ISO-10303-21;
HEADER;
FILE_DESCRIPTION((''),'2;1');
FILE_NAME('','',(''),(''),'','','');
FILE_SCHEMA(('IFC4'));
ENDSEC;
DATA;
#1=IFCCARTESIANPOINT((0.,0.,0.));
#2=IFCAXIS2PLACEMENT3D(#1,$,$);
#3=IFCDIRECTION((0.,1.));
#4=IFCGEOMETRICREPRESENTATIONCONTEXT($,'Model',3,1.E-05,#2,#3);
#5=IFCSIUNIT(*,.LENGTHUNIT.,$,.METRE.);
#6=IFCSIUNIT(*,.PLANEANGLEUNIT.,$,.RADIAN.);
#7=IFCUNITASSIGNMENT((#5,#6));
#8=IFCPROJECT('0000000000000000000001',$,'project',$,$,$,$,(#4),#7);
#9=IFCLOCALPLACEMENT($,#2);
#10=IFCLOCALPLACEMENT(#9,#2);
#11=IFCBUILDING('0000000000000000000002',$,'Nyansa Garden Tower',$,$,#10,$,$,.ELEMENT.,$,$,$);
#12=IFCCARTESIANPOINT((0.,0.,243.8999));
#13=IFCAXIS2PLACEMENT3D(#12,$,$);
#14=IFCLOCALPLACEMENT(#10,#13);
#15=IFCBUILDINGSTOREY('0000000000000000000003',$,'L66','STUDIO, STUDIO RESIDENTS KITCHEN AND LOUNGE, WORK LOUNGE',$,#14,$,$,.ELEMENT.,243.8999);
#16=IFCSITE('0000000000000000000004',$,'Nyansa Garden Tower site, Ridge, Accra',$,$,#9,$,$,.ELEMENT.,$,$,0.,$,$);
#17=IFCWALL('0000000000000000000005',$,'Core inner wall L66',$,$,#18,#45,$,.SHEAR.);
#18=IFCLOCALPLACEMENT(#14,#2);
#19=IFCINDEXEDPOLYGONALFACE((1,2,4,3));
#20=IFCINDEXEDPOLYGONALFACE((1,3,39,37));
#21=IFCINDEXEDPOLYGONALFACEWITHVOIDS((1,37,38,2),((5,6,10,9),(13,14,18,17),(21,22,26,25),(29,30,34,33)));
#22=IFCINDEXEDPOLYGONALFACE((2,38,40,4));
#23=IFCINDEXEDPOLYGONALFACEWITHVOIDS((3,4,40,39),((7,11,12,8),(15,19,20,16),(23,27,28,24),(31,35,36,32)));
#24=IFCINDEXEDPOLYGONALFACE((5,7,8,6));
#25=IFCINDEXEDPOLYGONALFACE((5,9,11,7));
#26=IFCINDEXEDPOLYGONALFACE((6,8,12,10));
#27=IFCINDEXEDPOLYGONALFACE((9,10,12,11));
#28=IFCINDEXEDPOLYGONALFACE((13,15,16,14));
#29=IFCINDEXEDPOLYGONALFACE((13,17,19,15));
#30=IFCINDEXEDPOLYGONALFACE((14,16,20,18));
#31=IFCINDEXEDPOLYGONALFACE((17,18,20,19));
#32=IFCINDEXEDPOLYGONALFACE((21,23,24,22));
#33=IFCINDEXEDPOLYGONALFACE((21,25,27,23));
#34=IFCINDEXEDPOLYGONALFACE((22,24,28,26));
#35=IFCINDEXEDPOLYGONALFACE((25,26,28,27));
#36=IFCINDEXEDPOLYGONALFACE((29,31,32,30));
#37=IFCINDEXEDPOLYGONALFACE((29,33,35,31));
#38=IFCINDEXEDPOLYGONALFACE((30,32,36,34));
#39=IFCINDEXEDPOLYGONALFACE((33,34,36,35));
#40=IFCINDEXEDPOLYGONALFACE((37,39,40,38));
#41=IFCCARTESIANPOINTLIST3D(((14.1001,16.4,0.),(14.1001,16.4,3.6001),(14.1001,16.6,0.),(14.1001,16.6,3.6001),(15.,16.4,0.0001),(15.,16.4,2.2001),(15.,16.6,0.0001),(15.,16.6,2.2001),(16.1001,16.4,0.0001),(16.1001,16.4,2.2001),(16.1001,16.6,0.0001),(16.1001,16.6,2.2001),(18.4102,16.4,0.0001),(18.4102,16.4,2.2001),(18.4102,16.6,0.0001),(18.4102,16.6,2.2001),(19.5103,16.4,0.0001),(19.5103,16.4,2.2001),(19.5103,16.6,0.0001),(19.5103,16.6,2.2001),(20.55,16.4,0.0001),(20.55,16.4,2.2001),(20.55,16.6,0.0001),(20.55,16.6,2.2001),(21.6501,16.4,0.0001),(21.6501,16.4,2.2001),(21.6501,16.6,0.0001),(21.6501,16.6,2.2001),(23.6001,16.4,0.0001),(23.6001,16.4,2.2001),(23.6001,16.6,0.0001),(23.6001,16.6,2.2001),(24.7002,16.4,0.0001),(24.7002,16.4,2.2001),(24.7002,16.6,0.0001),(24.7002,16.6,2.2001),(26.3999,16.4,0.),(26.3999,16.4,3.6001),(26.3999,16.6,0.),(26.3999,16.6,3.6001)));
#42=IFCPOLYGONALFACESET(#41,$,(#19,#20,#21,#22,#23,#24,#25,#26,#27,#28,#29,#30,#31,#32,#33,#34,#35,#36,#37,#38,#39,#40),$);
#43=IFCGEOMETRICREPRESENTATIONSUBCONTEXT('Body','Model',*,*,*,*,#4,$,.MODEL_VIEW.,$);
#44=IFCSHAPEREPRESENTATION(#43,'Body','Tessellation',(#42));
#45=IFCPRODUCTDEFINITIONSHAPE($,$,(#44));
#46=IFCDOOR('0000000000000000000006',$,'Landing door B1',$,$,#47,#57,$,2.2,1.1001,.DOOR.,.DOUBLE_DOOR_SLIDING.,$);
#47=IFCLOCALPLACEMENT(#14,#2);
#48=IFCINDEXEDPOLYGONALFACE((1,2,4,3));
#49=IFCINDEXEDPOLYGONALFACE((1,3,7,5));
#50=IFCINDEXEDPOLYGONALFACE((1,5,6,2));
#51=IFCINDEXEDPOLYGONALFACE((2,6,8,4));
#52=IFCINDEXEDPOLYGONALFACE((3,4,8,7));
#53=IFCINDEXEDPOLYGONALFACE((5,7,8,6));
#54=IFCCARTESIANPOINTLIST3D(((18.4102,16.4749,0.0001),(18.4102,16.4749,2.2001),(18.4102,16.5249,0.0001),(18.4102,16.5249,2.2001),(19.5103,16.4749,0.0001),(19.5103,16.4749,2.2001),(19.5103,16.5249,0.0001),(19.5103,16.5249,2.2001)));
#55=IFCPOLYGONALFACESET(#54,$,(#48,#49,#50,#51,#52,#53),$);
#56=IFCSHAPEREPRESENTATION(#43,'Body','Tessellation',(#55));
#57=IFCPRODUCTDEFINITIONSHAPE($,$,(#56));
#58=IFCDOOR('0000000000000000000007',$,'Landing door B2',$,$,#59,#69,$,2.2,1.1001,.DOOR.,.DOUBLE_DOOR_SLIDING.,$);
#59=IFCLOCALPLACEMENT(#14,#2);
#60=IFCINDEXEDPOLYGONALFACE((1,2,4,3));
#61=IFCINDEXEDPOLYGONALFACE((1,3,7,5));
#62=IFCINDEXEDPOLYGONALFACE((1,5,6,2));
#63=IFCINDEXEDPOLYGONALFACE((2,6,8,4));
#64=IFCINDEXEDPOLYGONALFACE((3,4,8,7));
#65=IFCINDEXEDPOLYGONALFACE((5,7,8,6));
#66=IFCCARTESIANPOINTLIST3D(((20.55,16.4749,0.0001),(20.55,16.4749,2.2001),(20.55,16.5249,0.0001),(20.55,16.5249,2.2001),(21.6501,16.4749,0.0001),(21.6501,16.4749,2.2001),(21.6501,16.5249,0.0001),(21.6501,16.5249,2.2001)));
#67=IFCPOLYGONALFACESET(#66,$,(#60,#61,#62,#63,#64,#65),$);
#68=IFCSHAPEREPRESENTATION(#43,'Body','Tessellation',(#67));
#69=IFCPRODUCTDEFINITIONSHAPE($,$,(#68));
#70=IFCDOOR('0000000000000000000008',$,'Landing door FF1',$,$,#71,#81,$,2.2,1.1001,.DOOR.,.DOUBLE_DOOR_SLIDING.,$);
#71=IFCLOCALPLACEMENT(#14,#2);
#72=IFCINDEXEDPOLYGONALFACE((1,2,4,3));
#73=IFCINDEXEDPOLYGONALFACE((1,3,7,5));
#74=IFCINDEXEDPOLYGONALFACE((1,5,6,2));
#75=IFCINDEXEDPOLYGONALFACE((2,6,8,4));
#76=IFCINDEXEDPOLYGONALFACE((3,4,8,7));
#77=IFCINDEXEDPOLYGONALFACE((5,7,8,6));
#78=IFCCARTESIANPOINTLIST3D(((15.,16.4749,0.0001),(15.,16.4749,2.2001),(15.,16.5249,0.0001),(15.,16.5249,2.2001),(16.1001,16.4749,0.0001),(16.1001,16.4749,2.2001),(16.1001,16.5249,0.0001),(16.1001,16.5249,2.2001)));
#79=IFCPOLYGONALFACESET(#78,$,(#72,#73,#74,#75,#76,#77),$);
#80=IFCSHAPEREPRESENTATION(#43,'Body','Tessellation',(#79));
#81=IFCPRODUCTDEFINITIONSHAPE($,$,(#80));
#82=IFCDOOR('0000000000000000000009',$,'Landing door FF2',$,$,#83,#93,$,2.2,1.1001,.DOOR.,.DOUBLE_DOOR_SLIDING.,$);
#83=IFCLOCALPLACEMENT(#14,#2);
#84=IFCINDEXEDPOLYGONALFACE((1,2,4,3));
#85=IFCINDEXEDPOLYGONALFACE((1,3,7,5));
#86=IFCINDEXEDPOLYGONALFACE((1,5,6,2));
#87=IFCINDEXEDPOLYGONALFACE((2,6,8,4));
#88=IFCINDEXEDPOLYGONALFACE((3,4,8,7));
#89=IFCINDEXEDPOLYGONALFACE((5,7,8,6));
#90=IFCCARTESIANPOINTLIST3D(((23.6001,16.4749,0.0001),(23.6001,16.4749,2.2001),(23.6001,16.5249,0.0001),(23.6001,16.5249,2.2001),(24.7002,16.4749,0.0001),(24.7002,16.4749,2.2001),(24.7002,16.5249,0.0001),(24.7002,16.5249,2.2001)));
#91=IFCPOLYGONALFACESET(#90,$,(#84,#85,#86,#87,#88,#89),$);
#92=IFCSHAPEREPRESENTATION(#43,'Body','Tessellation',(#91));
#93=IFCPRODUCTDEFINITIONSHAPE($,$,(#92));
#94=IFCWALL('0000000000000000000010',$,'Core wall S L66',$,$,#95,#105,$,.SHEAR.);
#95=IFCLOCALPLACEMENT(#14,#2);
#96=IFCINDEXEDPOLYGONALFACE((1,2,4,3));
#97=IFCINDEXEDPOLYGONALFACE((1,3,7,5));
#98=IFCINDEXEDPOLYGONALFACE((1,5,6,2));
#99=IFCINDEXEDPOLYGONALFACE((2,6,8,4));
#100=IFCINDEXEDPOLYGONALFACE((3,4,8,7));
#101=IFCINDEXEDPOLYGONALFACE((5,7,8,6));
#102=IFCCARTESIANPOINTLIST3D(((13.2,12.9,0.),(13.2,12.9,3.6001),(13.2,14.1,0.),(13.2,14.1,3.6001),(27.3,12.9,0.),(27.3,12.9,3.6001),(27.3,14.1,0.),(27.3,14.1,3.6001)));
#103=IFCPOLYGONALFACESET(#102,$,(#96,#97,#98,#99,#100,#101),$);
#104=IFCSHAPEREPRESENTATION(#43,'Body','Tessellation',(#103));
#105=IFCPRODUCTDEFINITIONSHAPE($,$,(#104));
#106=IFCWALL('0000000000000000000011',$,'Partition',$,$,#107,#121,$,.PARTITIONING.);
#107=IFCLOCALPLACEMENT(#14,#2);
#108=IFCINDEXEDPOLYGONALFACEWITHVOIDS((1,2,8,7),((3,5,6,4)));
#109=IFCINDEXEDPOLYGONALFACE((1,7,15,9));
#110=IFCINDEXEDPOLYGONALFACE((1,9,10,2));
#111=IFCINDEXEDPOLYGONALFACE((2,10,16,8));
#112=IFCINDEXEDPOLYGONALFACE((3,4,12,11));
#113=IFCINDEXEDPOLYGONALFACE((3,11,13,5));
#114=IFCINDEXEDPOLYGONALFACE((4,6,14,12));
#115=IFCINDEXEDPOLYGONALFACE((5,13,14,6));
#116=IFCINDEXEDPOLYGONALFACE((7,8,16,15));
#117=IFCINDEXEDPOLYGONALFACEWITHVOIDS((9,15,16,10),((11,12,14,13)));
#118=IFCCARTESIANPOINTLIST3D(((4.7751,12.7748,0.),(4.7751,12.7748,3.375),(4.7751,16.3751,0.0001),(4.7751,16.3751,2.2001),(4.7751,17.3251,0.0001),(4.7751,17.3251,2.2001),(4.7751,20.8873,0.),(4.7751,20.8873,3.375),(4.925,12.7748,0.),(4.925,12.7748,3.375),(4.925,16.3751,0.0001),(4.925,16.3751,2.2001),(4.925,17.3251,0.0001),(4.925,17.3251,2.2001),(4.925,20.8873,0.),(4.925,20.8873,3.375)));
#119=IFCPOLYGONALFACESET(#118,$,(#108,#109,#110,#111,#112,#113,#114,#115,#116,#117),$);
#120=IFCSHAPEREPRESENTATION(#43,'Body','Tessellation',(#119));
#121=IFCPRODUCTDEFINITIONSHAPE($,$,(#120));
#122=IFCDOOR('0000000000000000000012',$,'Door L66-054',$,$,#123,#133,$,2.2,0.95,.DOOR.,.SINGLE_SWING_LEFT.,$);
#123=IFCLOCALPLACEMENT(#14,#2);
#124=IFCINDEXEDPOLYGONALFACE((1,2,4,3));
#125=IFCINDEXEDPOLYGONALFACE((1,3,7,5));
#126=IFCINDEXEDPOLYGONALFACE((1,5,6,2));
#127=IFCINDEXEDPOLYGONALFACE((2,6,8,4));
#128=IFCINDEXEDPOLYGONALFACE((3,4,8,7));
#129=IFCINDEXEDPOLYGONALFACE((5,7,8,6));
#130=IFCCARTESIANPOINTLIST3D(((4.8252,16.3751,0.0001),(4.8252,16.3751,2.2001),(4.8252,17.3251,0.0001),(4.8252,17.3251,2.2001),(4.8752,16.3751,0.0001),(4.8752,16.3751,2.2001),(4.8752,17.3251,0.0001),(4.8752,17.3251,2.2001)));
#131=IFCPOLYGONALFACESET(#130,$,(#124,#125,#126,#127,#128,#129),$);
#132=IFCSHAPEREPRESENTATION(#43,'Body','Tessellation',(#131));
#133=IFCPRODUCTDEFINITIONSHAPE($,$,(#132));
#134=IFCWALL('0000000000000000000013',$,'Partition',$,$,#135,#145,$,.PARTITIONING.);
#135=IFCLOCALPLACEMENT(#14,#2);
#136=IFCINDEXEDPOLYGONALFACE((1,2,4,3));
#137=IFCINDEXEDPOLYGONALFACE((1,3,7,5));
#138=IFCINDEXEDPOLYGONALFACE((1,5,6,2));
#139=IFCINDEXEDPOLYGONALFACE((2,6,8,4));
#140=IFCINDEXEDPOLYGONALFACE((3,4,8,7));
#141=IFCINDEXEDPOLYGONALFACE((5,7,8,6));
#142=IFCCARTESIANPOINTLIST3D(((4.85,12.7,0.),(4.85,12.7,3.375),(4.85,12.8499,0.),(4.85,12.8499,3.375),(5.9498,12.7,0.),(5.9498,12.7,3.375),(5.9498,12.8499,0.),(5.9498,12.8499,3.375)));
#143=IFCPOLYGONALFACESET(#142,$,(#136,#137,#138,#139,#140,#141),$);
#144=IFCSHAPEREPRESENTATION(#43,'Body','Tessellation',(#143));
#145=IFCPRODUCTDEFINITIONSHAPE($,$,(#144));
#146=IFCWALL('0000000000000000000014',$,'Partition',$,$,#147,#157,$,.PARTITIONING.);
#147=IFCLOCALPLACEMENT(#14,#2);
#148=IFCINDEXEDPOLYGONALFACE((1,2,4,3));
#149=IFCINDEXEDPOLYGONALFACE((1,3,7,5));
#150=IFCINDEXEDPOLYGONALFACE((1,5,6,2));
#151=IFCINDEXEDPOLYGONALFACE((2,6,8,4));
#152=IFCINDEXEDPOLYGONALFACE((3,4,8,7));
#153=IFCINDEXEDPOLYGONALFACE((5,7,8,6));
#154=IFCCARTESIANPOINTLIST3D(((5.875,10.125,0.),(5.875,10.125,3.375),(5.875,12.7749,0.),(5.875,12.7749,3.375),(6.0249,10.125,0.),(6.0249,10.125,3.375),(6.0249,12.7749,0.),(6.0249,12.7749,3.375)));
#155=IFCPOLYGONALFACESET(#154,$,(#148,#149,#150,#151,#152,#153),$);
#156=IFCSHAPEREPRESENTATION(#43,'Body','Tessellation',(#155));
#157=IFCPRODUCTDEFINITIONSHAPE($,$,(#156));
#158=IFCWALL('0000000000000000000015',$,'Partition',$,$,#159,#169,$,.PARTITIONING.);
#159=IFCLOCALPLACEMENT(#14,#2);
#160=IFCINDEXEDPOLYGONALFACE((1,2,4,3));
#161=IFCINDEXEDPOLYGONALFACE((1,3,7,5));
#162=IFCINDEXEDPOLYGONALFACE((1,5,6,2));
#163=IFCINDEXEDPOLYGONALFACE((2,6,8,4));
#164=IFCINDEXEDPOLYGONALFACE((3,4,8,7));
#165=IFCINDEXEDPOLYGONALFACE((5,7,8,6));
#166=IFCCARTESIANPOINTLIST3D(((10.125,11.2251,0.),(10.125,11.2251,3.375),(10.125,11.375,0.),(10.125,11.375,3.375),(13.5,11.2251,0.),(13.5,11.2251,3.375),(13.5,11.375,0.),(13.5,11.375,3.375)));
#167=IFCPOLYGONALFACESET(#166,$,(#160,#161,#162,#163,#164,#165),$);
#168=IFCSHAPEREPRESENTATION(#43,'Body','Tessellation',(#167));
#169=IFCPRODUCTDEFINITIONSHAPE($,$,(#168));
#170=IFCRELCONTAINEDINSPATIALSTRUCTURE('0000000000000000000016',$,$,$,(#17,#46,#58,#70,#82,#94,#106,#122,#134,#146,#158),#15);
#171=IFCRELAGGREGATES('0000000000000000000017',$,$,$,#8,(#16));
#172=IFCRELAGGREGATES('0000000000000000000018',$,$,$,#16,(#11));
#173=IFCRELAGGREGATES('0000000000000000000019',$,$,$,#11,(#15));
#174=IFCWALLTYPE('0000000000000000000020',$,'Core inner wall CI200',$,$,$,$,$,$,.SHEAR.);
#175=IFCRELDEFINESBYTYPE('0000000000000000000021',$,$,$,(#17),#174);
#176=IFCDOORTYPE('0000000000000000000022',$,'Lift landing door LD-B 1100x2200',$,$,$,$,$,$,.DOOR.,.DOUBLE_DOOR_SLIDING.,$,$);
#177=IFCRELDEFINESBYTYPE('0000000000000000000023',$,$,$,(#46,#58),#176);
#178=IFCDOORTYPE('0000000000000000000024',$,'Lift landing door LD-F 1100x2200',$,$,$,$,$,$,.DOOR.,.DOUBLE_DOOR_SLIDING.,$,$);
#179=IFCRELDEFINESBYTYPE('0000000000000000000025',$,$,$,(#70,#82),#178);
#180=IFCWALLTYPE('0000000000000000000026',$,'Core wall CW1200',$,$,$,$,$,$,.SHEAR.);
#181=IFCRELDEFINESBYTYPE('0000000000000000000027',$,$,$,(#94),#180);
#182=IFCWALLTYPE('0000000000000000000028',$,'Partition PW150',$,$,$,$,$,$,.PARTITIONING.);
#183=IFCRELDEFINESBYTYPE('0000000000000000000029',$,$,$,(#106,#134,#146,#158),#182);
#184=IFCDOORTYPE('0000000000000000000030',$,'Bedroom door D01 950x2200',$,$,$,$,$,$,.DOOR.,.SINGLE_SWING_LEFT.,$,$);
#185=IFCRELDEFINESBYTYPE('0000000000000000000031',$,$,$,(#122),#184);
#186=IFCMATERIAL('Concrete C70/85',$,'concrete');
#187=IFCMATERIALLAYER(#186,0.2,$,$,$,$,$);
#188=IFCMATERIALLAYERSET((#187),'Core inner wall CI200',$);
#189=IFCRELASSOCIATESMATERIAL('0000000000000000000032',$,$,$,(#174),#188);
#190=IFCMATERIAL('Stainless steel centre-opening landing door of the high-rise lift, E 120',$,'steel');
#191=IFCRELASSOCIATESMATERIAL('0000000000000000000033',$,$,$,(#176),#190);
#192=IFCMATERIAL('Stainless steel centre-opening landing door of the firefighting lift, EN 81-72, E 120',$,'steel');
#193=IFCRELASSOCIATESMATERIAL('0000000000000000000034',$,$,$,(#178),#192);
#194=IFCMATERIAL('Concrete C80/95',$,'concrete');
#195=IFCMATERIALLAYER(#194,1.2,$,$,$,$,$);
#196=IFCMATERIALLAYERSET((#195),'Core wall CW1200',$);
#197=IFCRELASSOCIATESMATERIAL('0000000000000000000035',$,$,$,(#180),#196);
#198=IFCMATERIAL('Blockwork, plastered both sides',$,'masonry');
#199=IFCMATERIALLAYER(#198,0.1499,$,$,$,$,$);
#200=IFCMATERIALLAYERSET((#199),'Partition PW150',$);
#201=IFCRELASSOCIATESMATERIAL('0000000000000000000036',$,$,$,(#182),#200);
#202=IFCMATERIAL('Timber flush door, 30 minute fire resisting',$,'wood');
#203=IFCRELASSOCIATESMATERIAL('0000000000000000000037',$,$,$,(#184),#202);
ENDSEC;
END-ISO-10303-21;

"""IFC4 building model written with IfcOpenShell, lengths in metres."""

from ifc_helpers import new_model, si_unit, direction, frame, frame_2d, origin, place, context, subcontext, project, spatial, rectangle, extrude, material, layer, layer_set, type_object, element, fill, save


model = new_model("IFC4")

# Units and contexts
model_context = context("Model", 3, precision=1e-05, world=origin(), true_north=direction((0.0, 1.0)))
body_context = subcontext(model_context, "Body", "Model", "MODEL_VIEW")
ifc_project = project(units=[si_unit("LENGTHUNIT", "METRE"), si_unit("PLANEANGLEUNIT", "RADIAN")], contexts=[model_context])

# Site, building, storey
site_placement = place(None, origin())
site = spatial("IfcSite", under=ifc_project, at=site_placement, Name="Nyansa Garden Tower site, Ridge, Accra", CompositionType="ELEMENT", RefElevation=0.0)
building_placement = place(site_placement, origin())
building = spatial("IfcBuilding", under=site, at=building_placement, Name="Nyansa Garden Tower", CompositionType="ELEMENT")
storey_placement = place(building_placement, frame((0.0, 0.0, 243.8999)))
storey = spatial("IfcBuildingStorey", under=building, at=storey_placement, Name="L66", Description="STUDIO, STUDIO RESIDENTS KITCHEN AND LOUNGE, WORK LOUNGE", CompositionType="ELEMENT", Elevation=243.8999)

# Wall, openings, doors
ifc_material_1 = material(Name="Concrete C70/85", Category="concrete")
ifc_layer_1 = layer(ifc_material_1, 0.2)
ifc_layer_set_1 = layer_set([ifc_layer_1], Name="Core inner wall CI200")
wall_type_1 = type_object("IfcWallType", Name="Core inner wall CI200", PredefinedType="SHEAR", material=ifc_layer_set_1)
wall_1_placement = place(storey_placement, frame((14.1001, 16.5, 0.0), z_axis=(0.0, 0.0, 1.0), x_axis=(1.0, 0.0, 0.0)))
wall_1 = element("IfcWall", 1, at=wall_1_placement, inside=storey, type_object=wall_type_1, Name="Core inner wall L66", PredefinedType="SHEAR", context=body_context, shape_type="SweptSolid", body=[
    extrude(rectangle(XDim=12.2998, YDim=0.2, at=frame_2d((6.1499, 0.0))), origin(), (0.0, 0.0, 1.0), 3.6001),
])
opening_1_placement = place(wall_1_placement, frame((0.8999, 0.0, 0.0)))
opening_1 = element("IfcOpeningElement", 2, at=opening_1_placement, cuts=wall_1, PredefinedType="OPENING", context=body_context, shape_type="SweptSolid", body=[
    extrude(rectangle(XDim=1.1001, YDim=2.2, at=frame_2d((0.55, 1.1001))), frame((0.0, 0.1099, 0.0), z_axis=(0.0, -1.0, 0.0), x_axis=(1.0, 0.0, 0.0)), (0.0, 0.0, 1.0), 0.22),
])
opening_2_placement = place(wall_1_placement, frame((4.3101, 0.0, 0.0)))
opening_2 = element("IfcOpeningElement", 3, at=opening_2_placement, cuts=wall_1, PredefinedType="OPENING", context=body_context, shape_type="SweptSolid", body=[
    extrude(rectangle(XDim=1.1001, YDim=2.2, at=frame_2d((0.55, 1.1001))), frame((0.0, 0.1099, 0.0), z_axis=(0.0, -1.0, 0.0), x_axis=(1.0, 0.0, 0.0)), (0.0, 0.0, 1.0), 0.22),
])
opening_3_placement = place(wall_1_placement, frame((6.45, 0.0, 0.0)))
opening_3 = element("IfcOpeningElement", 4, at=opening_3_placement, cuts=wall_1, PredefinedType="OPENING", context=body_context, shape_type="SweptSolid", body=[
    extrude(rectangle(XDim=1.1001, YDim=2.2, at=frame_2d((0.55, 1.1001))), frame((0.0, 0.1099, 0.0), z_axis=(0.0, -1.0, 0.0), x_axis=(1.0, 0.0, 0.0)), (0.0, 0.0, 1.0), 0.22),
])
opening_4_placement = place(wall_1_placement, frame((9.5, 0.0, 0.0)))
opening_4 = element("IfcOpeningElement", 5, at=opening_4_placement, cuts=wall_1, PredefinedType="OPENING", context=body_context, shape_type="SweptSolid", body=[
    extrude(rectangle(XDim=1.1001, YDim=2.2, at=frame_2d((0.55, 1.1001))), frame((0.0, 0.1099, 0.0), z_axis=(0.0, -1.0, 0.0), x_axis=(1.0, 0.0, 0.0)), (0.0, 0.0, 1.0), 0.22),
])
ifc_material_2 = material(Name="Stainless steel centre-opening landing door of the high-rise lift, E 120", Category="steel")
door_type_1 = type_object("IfcDoorType", Name="Lift landing door LD-B 1100x2200", OperationType="DOUBLE_DOOR_SLIDING", PredefinedType="DOOR", material=ifc_material_2)
door_1_placement = place(opening_2_placement, origin())
door_1 = element("IfcDoor", 6, at=door_1_placement, inside=storey, type_object=door_type_1, Name="Landing door B1", OperationType="DOUBLE_DOOR_SLIDING", OverallHeight=2.2, OverallWidth=1.1001, PredefinedType="DOOR", context=body_context, shape_type="SweptSolid", body=[
    extrude(rectangle(XDim=1.1001, YDim=2.2, at=frame_2d((0.55, 1.1001))), frame((0.0, 0.0249, 0.0), z_axis=(0.0, -1.0, 0.0), x_axis=(1.0, 0.0, 0.0)), (0.0, 0.0, 1.0), 0.05),
])
fill(opening_2, door_1)
door_2_placement = place(opening_3_placement, origin())
door_2 = element("IfcDoor", 7, at=door_2_placement, inside=storey, type_object=door_type_1, Name="Landing door B2", OperationType="DOUBLE_DOOR_SLIDING", OverallHeight=2.2, OverallWidth=1.1001, PredefinedType="DOOR", context=body_context, shape_type="SweptSolid", body=[
    extrude(rectangle(XDim=1.1001, YDim=2.2, at=frame_2d((0.55, 1.1001))), frame((0.0, 0.0249, 0.0), z_axis=(0.0, -1.0, 0.0), x_axis=(1.0, 0.0, 0.0)), (0.0, 0.0, 1.0), 0.05),
])
fill(opening_3, door_2)
ifc_material_3 = material(Name="Stainless steel centre-opening landing door of the firefighting lift, EN 81-72, E 120", Category="steel")
door_type_2 = type_object("IfcDoorType", Name="Lift landing door LD-F 1100x2200", OperationType="DOUBLE_DOOR_SLIDING", PredefinedType="DOOR", material=ifc_material_3)
door_3_placement = place(opening_1_placement, origin())
door_3 = element("IfcDoor", 8, at=door_3_placement, inside=storey, type_object=door_type_2, Name="Landing door FF1", OperationType="DOUBLE_DOOR_SLIDING", OverallHeight=2.2, OverallWidth=1.1001, PredefinedType="DOOR", context=body_context, shape_type="SweptSolid", body=[
    extrude(rectangle(XDim=1.1001, YDim=2.2, at=frame_2d((0.55, 1.1001))), frame((0.0, 0.0249, 0.0), z_axis=(0.0, -1.0, 0.0), x_axis=(1.0, 0.0, 0.0)), (0.0, 0.0, 1.0), 0.05),
])
fill(opening_1, door_3)
door_4_placement = place(opening_4_placement, origin())
door_4 = element("IfcDoor", 9, at=door_4_placement, inside=storey, type_object=door_type_2, Name="Landing door FF2", OperationType="DOUBLE_DOOR_SLIDING", OverallHeight=2.2, OverallWidth=1.1001, PredefinedType="DOOR", context=body_context, shape_type="SweptSolid", body=[
    extrude(rectangle(XDim=1.1001, YDim=2.2, at=frame_2d((0.55, 1.1001))), frame((0.0, 0.0249, 0.0), z_axis=(0.0, -1.0, 0.0), x_axis=(1.0, 0.0, 0.0)), (0.0, 0.0, 1.0), 0.05),
])
fill(opening_4, door_4)

# Wall
ifc_material_4 = material(Name="Concrete C80/95", Category="concrete")
ifc_layer_2 = layer(ifc_material_4, 1.2)
ifc_layer_set_2 = layer_set([ifc_layer_2], Name="Core wall CW1200")
wall_type_2 = type_object("IfcWallType", Name="Core wall CW1200", PredefinedType="SHEAR", material=ifc_layer_set_2)
wall_2_placement = place(storey_placement, frame((13.2, 13.5, 0.0), z_axis=(0.0, 0.0, 1.0), x_axis=(1.0, 0.0, 0.0)))
element("IfcWall", 10, at=wall_2_placement, inside=storey, type_object=wall_type_2, Name="Core wall S L66", PredefinedType="SHEAR", context=body_context, shape_type="SweptSolid", body=[
    extrude(rectangle(XDim=14.1001, YDim=1.2, at=frame_2d((7.05, 0.0))), origin(), (0.0, 0.0, 1.0), 3.6001),
])

# Wall, opening, door
ifc_material_5 = material(Name="Blockwork, plastered both sides", Category="masonry")
ifc_layer_3 = layer(ifc_material_5, 0.1499)
ifc_layer_set_3 = layer_set([ifc_layer_3], Name="Partition PW150")
wall_type_3 = type_object("IfcWallType", Name="Partition PW150", PredefinedType="PARTITIONING", material=ifc_layer_set_3)
wall_3_placement = place(storey_placement, frame((4.8501, 12.7749, 0.0), z_axis=(0.0, 0.0, 1.0), x_axis=(0.0, 1.0, 0.0)))
wall_3 = element("IfcWall", 11, at=wall_3_placement, inside=storey, type_object=wall_type_3, Name="Partition", PredefinedType="PARTITIONING", context=body_context, shape_type="SweptSolid", body=[
    extrude(rectangle(XDim=8.1125, YDim=0.1499, at=frame_2d((4.0562, 0.0))), origin(), (0.0, 0.0, 1.0), 3.375),
])
opening_5_placement = place(wall_3_placement, frame((3.6001, 0.0, 0.0)))
opening_5 = element("IfcOpeningElement", 12, at=opening_5_placement, cuts=wall_3, PredefinedType="OPENING", context=body_context, shape_type="SweptSolid", body=[
    extrude(rectangle(XDim=0.95, YDim=2.2, at=frame_2d((0.4751, 1.1001))), frame((0.0, 0.085, 0.0), z_axis=(0.0, -1.0, 0.0), x_axis=(1.0, 0.0, 0.0)), (0.0, 0.0, 1.0), 0.1699),
])
ifc_material_6 = material(Name="Timber flush door, 30 minute fire resisting", Category="wood")
door_type_3 = type_object("IfcDoorType", Name="Bedroom door D01 950x2200", OperationType="SINGLE_SWING_LEFT", PredefinedType="DOOR", material=ifc_material_6)
door_5_placement = place(opening_5_placement, origin())
door_5 = element("IfcDoor", 13, at=door_5_placement, inside=storey, type_object=door_type_3, Name="Door L66-054", OperationType="SINGLE_SWING_LEFT", OverallHeight=2.2, OverallWidth=0.95, PredefinedType="DOOR", context=body_context, shape_type="SweptSolid", body=[
    extrude(rectangle(XDim=0.95, YDim=2.2, at=frame_2d((0.4751, 1.1001))), frame((0.0, 0.0249, 0.0), z_axis=(0.0, -1.0, 0.0), x_axis=(1.0, 0.0, 0.0)), (0.0, 0.0, 1.0), 0.05),
])
fill(opening_5, door_5)

# Walls
wall_4_placement = place(storey_placement, frame((4.8501, 12.7749, 0.0), z_axis=(0.0, 0.0, 1.0), x_axis=(1.0, 0.0, 0.0)))
element("IfcWall", 14, at=wall_4_placement, inside=storey, type_object=wall_type_3, Name="Partition", PredefinedType="PARTITIONING", context=body_context, shape_type="SweptSolid", body=[
    extrude(rectangle(XDim=1.0999, YDim=0.1499, at=frame_2d((0.5498, 0.0))), origin(), (0.0, 0.0, 1.0), 3.375),
])
wall_5_placement = place(storey_placement, frame((5.95, 10.125, 0.0), z_axis=(0.0, 0.0, 1.0), x_axis=(0.0, 1.0, 0.0)))
element("IfcWall", 15, at=wall_5_placement, inside=storey, type_object=wall_type_3, Name="Partition", PredefinedType="PARTITIONING", context=body_context, shape_type="SweptSolid", body=[
    extrude(rectangle(XDim=2.6499, YDim=0.1499, at=frame_2d((1.325, 0.0))), origin(), (0.0, 0.0, 1.0), 3.375),
])
wall_6_placement = place(storey_placement, frame((10.125, 11.3, 0.0), z_axis=(0.0, 0.0, 1.0), x_axis=(1.0, 0.0, 0.0)))
element("IfcWall", 16, at=wall_6_placement, inside=storey, type_object=wall_type_3, Name="Partition", PredefinedType="PARTITIONING", context=body_context, shape_type="SweptSolid", body=[
    extrude(rectangle(XDim=3.375, YDim=0.1499, at=frame_2d((1.6875, 0.0))), origin(), (0.0, 0.0, 1.0), 3.375),
])

save(model, "model.ifc")
